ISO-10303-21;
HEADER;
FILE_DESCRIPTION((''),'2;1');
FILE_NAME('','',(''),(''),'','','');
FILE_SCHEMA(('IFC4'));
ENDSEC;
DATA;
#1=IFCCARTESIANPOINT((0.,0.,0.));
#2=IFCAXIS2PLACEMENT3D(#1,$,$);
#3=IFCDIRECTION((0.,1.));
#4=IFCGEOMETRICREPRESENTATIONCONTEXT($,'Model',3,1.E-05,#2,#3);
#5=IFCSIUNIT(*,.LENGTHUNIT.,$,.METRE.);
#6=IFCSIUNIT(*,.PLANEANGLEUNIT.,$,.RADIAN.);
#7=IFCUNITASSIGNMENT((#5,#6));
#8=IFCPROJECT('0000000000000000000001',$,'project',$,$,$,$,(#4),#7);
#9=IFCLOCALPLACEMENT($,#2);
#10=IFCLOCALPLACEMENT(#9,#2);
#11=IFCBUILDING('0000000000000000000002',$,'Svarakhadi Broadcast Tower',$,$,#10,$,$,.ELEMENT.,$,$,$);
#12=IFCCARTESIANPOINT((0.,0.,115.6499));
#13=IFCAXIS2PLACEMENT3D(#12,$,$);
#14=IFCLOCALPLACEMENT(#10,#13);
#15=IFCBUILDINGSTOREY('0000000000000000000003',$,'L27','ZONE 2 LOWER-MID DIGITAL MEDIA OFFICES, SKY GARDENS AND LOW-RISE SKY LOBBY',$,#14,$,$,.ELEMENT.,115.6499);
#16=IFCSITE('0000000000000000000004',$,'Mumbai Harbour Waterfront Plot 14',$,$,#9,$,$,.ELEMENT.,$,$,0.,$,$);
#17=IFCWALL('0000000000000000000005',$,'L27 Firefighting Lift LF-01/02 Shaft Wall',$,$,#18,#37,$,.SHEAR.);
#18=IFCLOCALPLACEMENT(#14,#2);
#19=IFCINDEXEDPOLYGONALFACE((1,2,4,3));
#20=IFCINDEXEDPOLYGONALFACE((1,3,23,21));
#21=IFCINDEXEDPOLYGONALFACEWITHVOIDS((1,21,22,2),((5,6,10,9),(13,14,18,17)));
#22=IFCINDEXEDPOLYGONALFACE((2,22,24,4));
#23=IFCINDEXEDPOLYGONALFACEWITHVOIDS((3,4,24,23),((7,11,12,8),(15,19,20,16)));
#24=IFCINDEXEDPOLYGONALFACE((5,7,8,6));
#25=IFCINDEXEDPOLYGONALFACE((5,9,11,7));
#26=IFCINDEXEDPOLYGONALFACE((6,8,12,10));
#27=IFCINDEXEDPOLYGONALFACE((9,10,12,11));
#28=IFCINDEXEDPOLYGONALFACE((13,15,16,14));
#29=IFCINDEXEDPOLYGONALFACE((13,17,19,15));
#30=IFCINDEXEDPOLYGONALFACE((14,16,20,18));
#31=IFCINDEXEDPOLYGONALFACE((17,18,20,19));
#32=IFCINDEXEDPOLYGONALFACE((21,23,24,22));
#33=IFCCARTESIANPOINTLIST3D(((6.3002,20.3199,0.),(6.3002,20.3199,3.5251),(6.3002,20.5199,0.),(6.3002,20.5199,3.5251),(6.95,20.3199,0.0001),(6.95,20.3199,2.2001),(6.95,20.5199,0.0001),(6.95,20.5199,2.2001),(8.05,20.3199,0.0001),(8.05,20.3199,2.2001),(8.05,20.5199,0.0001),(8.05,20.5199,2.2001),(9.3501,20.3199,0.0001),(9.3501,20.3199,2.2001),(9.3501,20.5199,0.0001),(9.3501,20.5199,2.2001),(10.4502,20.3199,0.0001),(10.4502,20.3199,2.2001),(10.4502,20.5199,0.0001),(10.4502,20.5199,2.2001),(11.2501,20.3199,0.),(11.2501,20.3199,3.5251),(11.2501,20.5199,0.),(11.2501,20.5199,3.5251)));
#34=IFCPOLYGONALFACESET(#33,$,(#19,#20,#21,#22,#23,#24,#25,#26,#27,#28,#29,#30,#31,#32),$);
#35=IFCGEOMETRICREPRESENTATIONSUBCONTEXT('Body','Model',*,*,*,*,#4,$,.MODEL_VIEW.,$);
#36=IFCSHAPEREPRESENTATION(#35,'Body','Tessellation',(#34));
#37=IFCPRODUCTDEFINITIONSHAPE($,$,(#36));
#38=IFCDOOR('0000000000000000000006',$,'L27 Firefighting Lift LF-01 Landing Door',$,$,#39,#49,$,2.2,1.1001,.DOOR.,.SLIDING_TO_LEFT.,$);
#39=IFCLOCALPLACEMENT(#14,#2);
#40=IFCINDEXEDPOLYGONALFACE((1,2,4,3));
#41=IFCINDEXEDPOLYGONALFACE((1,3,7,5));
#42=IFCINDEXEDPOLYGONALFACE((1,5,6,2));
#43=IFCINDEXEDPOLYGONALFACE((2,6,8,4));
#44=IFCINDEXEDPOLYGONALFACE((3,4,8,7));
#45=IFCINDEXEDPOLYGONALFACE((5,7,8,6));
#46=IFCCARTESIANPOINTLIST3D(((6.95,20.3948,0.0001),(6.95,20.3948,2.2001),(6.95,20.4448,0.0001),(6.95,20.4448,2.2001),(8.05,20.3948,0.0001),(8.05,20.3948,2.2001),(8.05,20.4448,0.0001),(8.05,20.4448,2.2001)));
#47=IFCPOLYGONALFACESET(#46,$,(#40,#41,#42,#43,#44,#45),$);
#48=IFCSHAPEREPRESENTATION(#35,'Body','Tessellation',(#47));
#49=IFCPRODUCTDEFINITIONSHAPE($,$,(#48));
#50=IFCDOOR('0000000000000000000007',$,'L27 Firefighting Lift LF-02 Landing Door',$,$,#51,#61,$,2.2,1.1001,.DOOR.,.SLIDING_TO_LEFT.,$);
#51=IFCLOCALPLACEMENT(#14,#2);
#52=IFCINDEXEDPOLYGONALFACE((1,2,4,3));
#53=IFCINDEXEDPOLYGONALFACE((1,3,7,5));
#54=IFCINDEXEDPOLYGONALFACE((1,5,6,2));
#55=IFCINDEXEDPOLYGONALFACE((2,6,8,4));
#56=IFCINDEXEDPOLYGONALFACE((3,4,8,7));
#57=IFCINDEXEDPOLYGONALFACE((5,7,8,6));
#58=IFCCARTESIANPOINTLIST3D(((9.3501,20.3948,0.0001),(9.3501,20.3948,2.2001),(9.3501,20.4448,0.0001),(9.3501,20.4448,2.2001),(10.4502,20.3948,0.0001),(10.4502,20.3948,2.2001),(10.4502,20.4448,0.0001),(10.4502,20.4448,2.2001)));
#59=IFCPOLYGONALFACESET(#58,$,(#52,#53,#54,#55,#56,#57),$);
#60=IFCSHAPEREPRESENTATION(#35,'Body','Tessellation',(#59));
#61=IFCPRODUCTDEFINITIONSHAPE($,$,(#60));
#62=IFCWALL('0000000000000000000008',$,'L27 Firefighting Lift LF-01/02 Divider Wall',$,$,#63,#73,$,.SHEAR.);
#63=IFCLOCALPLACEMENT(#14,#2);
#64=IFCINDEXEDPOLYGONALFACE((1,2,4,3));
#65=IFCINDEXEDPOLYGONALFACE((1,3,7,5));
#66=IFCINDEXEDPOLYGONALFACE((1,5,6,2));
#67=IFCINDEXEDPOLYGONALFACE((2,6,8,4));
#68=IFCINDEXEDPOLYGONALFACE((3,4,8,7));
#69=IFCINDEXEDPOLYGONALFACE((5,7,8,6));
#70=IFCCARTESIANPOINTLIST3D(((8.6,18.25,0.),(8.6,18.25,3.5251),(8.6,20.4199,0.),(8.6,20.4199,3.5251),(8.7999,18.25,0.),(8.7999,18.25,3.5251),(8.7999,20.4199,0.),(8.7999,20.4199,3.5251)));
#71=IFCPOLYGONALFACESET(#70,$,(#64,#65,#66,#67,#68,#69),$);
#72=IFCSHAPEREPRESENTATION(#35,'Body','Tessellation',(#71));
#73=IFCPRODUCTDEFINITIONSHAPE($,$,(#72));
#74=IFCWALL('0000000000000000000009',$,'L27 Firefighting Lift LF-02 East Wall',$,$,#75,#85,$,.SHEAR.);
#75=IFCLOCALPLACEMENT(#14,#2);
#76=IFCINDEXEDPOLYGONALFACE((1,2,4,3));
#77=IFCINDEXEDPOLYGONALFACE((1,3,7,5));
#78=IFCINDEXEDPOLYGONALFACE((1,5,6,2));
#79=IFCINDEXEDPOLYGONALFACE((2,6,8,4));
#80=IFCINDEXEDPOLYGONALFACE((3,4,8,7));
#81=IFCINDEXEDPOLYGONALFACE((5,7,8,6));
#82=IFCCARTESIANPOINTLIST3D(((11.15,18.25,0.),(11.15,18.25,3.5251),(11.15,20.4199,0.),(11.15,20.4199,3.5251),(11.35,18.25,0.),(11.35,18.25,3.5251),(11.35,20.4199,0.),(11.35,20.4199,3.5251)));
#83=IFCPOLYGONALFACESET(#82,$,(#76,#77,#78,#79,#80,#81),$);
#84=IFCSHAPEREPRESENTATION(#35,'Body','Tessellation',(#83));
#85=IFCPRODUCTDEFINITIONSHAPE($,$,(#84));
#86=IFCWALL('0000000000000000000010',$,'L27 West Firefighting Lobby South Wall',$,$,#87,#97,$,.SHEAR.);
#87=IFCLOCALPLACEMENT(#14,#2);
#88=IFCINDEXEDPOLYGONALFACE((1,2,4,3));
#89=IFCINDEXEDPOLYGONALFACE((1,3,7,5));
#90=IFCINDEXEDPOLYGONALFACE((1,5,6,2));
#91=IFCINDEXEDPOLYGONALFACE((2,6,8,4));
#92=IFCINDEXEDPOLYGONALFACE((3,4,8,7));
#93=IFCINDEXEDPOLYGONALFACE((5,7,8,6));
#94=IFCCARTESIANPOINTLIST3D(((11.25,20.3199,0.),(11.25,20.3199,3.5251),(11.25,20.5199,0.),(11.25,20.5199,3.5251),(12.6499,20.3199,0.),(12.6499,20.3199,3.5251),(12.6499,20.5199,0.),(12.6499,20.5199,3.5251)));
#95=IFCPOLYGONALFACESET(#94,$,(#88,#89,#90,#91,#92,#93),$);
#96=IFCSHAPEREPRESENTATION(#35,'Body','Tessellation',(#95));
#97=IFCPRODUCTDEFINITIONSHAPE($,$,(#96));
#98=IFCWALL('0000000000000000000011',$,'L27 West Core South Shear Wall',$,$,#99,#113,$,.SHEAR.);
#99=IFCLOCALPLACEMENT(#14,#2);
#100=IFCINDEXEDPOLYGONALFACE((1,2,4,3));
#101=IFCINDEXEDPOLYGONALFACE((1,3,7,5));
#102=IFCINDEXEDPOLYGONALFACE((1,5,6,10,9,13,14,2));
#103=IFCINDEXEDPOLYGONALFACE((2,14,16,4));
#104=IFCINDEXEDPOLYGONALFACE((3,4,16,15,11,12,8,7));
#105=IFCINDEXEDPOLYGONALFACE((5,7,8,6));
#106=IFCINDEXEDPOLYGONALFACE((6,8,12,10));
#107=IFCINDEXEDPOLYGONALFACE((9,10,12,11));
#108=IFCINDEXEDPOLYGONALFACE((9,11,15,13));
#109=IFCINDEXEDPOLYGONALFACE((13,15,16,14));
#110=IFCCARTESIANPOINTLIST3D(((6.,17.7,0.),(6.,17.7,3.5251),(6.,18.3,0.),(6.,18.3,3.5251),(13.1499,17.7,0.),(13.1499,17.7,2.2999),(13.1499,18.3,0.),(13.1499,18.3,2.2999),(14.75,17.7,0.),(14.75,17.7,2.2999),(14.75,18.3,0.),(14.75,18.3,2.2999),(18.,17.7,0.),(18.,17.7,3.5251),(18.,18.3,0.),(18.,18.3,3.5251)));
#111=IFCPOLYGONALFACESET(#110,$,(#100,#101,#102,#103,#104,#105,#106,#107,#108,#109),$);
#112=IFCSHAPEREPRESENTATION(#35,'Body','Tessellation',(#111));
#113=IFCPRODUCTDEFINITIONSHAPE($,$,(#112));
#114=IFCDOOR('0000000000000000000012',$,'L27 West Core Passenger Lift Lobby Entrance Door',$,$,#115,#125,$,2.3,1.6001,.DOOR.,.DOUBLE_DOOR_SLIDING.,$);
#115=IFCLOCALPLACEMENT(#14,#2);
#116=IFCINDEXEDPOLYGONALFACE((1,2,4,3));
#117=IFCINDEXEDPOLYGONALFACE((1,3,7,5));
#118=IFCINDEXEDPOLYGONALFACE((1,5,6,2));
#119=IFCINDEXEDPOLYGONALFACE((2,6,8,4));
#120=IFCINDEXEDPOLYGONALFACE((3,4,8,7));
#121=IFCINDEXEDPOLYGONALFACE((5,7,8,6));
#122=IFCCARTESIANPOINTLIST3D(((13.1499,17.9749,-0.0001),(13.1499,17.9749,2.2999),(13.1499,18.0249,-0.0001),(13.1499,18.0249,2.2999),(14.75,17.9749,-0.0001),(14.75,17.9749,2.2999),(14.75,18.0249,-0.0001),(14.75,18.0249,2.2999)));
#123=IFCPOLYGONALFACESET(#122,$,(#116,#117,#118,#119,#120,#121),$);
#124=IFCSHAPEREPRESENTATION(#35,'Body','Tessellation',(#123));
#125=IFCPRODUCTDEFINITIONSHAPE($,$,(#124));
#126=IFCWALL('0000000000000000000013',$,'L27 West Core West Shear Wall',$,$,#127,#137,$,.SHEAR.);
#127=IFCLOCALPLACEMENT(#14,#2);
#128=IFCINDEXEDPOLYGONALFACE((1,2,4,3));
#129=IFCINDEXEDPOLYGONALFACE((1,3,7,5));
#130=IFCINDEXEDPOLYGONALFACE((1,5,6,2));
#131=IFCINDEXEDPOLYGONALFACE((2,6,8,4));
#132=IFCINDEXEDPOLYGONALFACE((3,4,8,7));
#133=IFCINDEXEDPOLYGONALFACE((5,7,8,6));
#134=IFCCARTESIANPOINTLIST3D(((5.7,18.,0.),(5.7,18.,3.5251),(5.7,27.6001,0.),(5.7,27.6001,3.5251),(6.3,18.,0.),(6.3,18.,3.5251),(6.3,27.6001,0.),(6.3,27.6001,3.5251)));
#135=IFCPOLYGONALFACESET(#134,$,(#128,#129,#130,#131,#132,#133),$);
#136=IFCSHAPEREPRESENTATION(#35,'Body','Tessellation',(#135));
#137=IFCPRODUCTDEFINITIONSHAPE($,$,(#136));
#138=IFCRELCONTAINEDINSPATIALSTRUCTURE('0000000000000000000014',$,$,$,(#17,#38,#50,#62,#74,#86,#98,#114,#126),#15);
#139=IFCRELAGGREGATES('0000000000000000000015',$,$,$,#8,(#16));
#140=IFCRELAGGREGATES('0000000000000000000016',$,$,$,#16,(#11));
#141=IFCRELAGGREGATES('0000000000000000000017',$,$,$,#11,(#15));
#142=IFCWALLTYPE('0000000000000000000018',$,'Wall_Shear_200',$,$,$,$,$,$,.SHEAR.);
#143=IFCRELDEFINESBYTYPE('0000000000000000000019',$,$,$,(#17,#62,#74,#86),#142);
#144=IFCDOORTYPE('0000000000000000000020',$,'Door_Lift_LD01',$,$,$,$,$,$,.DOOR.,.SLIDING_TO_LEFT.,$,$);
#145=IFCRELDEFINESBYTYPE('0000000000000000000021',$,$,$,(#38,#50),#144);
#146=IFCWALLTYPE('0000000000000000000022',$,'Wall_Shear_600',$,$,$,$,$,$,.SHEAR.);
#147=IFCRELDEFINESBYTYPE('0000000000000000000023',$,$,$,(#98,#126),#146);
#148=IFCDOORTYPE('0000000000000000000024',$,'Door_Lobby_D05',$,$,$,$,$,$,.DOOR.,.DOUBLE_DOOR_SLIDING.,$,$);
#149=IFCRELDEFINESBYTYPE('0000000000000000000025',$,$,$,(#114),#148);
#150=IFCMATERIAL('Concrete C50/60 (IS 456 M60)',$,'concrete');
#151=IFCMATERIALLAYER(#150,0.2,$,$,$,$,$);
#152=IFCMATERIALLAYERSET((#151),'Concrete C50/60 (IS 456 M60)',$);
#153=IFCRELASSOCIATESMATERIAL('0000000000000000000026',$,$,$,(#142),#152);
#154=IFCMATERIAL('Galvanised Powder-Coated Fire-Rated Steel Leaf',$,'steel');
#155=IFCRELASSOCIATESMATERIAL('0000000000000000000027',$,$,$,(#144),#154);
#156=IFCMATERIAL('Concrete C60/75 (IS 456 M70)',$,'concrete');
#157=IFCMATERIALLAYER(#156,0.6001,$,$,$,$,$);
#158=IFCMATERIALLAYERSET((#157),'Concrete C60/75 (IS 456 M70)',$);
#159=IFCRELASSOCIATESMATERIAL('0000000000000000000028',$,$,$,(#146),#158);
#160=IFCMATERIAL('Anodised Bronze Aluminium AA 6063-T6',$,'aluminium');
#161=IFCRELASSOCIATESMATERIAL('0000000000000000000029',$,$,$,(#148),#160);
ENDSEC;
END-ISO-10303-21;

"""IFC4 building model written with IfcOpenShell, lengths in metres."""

from ifc_helpers import new_model, si_unit, direction, frame, frame_2d, origin, place, context, subcontext, project, spatial, rectangle, extrude, material, layer, layer_set, type_object, element, fill, save


model = new_model("IFC4")

# Units and contexts
model_context = context("Model", 3, precision=1e-05, world=origin(), true_north=direction((0.0, 1.0)))
body_context = subcontext(model_context, "Body", "Model", "MODEL_VIEW")
ifc_project = project(units=[si_unit("LENGTHUNIT", "METRE"), si_unit("PLANEANGLEUNIT", "RADIAN")], contexts=[model_context])

# Site, building, storey
site_placement = place(None, origin())
site = spatial("IfcSite", under=ifc_project, at=site_placement, Name="Mumbai Harbour Waterfront Plot 14", CompositionType="ELEMENT", RefElevation=0.0)
building_placement = place(site_placement, origin())
building = spatial("IfcBuilding", under=site, at=building_placement, Name="Svarakhadi Broadcast Tower", CompositionType="ELEMENT")
storey_placement = place(building_placement, frame((0.0, 0.0, 115.6499)))
storey = spatial("IfcBuildingStorey", under=building, at=storey_placement, Name="L27", Description="ZONE 2 LOWER-MID DIGITAL MEDIA OFFICES, SKY GARDENS AND LOW-RISE SKY LOBBY", CompositionType="ELEMENT", Elevation=115.6499)

# Shared definitions
ifc_material_1 = material(Name="Concrete C50/60 (IS 456 M60)", Category="concrete")

# Wall, openings, doors
ifc_layer_1 = layer(ifc_material_1, 0.2)
ifc_layer_set_1 = layer_set([ifc_layer_1], Name="Concrete C50/60 (IS 456 M60)")
wall_type_1 = type_object("IfcWallType", Name="Wall_Shear_200", PredefinedType="SHEAR", material=ifc_layer_set_1)
wall_1_placement = place(storey_placement, frame((6.3, 20.4199, 0.0), z_axis=(0.0, 0.0, 1.0), x_axis=(1.0, 0.0, 0.0)))
wall_1 = element("IfcWall", 1, at=wall_1_placement, inside=storey, type_object=wall_type_1, Name="L27 Firefighting Lift LF-01/02 Shaft Wall", PredefinedType="SHEAR", context=body_context, shape_type="SweptSolid", body=[
    extrude(rectangle(XDim=4.95, YDim=0.2, at=frame_2d((2.4751, 0.0))), origin(), (0.0, 0.0, 1.0), 3.5251),
])
opening_1_placement = place(wall_1_placement, frame((0.6499, 0.0, 0.0)))
opening_1 = element("IfcOpeningElement", 2, at=opening_1_placement, cuts=wall_1, PredefinedType="OPENING", context=body_context, shape_type="SweptSolid", body=[
    extrude(rectangle(XDim=1.1001, YDim=2.2, at=frame_2d((0.55, 1.1001))), frame((0.0, 0.1099, 0.0), z_axis=(0.0, -1.0, 0.0), x_axis=(1.0, 0.0, 0.0)), (0.0, 0.0, 1.0), 0.22),
])
opening_2_placement = place(wall_1_placement, frame((3.05, 0.0, 0.0)))
opening_2 = element("IfcOpeningElement", 3, at=opening_2_placement, cuts=wall_1, PredefinedType="OPENING", context=body_context, shape_type="SweptSolid", body=[
    extrude(rectangle(XDim=1.1001, YDim=2.2, at=frame_2d((0.55, 1.1001))), frame((0.0, 0.1099, 0.0), z_axis=(0.0, -1.0, 0.0), x_axis=(1.0, 0.0, 0.0)), (0.0, 0.0, 1.0), 0.22),
])
ifc_material_2 = material(Name="Galvanised Powder-Coated Fire-Rated Steel Leaf", Category="steel")
door_type_1 = type_object("IfcDoorType", Name="Door_Lift_LD01", OperationType="SLIDING_TO_LEFT", PredefinedType="DOOR", material=ifc_material_2)
door_1_placement = place(opening_1_placement, origin())
door_1 = element("IfcDoor", 4, at=door_1_placement, inside=storey, type_object=door_type_1, Name="L27 Firefighting Lift LF-01 Landing Door", OperationType="SLIDING_TO_LEFT", OverallHeight=2.2, OverallWidth=1.1001, PredefinedType="DOOR", context=body_context, shape_type="SweptSolid", body=[
    extrude(rectangle(XDim=1.1001, YDim=2.2, at=frame_2d((0.55, 1.1001))), frame((0.0, 0.0249, 0.0), z_axis=(0.0, -1.0, 0.0), x_axis=(1.0, 0.0, 0.0)), (0.0, 0.0, 1.0), 0.05),
])
fill(opening_1, door_1)
door_2_placement = place(opening_2_placement, origin())
door_2 = element("IfcDoor", 5, at=door_2_placement, inside=storey, type_object=door_type_1, Name="L27 Firefighting Lift LF-02 Landing Door", OperationType="SLIDING_TO_LEFT", OverallHeight=2.2, OverallWidth=1.1001, PredefinedType="DOOR", context=body_context, shape_type="SweptSolid", body=[
    extrude(rectangle(XDim=1.1001, YDim=2.2, at=frame_2d((0.55, 1.1001))), frame((0.0, 0.0249, 0.0), z_axis=(0.0, -1.0, 0.0), x_axis=(1.0, 0.0, 0.0)), (0.0, 0.0, 1.0), 0.05),
])
fill(opening_2, door_2)

# Walls
for number, where, z_axis, x_axis, name in (
    (6, (8.7, 18.25, 0.0), (0.0, 0.0, 1.0), (0.0, 1.0, 0.0), "L27 Firefighting Lift LF-01/02 Divider Wall"),
    (7, (11.25, 18.25, 0.0), (0.0, 0.0, 1.0), (0.0, 1.0, 0.0), "L27 Firefighting Lift LF-02 East Wall"),
):
    element("IfcWall", number, at=place(storey_placement, frame(where, z_axis=z_axis, x_axis=x_axis)), inside=storey, type_object=wall_type_1, Name=name, PredefinedType="SHEAR", context=body_context, shape_type="SweptSolid", body=[
        extrude(rectangle(XDim=2.1699, YDim=0.2, at=frame_2d((1.085, 0.0))), origin(), (0.0, 0.0, 1.0), 3.5251),
    ])
wall_2_placement = place(storey_placement, frame((11.25, 20.4199, 0.0), z_axis=(0.0, 0.0, 1.0), x_axis=(1.0, 0.0, 0.0)))
element("IfcWall", 8, at=wall_2_placement, inside=storey, type_object=wall_type_1, Name="L27 West Firefighting Lobby South Wall", PredefinedType="SHEAR", context=body_context, shape_type="SweptSolid", body=[
    extrude(rectangle(XDim=1.3999, YDim=0.2, at=frame_2d((0.7, 0.0))), origin(), (0.0, 0.0, 1.0), 3.5251),
])

# Wall, opening, door
ifc_material_3 = material(Name="Concrete C60/75 (IS 456 M70)", Category="concrete")
ifc_layer_2 = layer(ifc_material_3, 0.6001)
ifc_layer_set_2 = layer_set([ifc_layer_2], Name="Concrete C60/75 (IS 456 M70)")
wall_type_2 = type_object("IfcWallType", Name="Wall_Shear_600", PredefinedType="SHEAR", material=ifc_layer_set_2)
wall_3_placement = place(storey_placement, frame((6.0, 18.0, 0.0), z_axis=(0.0, 0.0, 1.0), x_axis=(1.0, 0.0, 0.0)))
wall_3 = element("IfcWall", 9, at=wall_3_placement, inside=storey, type_object=wall_type_2, Name="L27 West Core South Shear Wall", PredefinedType="SHEAR", context=body_context, shape_type="SweptSolid", body=[
    extrude(rectangle(XDim=12.0, YDim=0.6001, at=frame_2d((6.0, 0.0))), origin(), (0.0, 0.0, 1.0), 3.5251),
])
opening_3_placement = place(wall_3_placement, frame((7.1499, 0.0, 0.0)))
opening_3 = element("IfcOpeningElement", 10, at=opening_3_placement, cuts=wall_3, PredefinedType="OPENING", context=body_context, shape_type="SweptSolid", body=[
    extrude(rectangle(XDim=1.6001, YDim=2.3, at=frame_2d((0.8, 1.1499))), frame((0.0, 0.3101, 0.0), z_axis=(0.0, -1.0, 0.0), x_axis=(1.0, 0.0, 0.0)), (0.0, 0.0, 1.0), 0.6201),
])
ifc_material_4 = material(Name="Anodised Bronze Aluminium AA 6063-T6", Category="aluminium")
door_type_2 = type_object("IfcDoorType", Name="Door_Lobby_D05", OperationType="DOUBLE_DOOR_SLIDING", PredefinedType="DOOR", material=ifc_material_4)
door_3_placement = place(opening_3_placement, origin())
door_3 = element("IfcDoor", 11, at=door_3_placement, inside=storey, type_object=door_type_2, Name="L27 West Core Passenger Lift Lobby Entrance Door", OperationType="DOUBLE_DOOR_SLIDING", OverallHeight=2.3, OverallWidth=1.6001, PredefinedType="DOOR", context=body_context, shape_type="SweptSolid", body=[
    extrude(rectangle(XDim=1.6001, YDim=2.3, at=frame_2d((0.8, 1.1499))), frame((0.0, 0.0249, 0.0), z_axis=(0.0, -1.0, 0.0), x_axis=(1.0, 0.0, 0.0)), (0.0, 0.0, 1.0), 0.05),
])
fill(opening_3, door_3)

# Wall
wall_4_placement = place(storey_placement, frame((6.0, 18.0, 0.0), z_axis=(0.0, 0.0, 1.0), x_axis=(0.0, 1.0, 0.0)))
element("IfcWall", 12, at=wall_4_placement, inside=storey, type_object=wall_type_2, Name="L27 West Core West Shear Wall", PredefinedType="SHEAR", context=body_context, shape_type="SweptSolid", body=[
    extrude(rectangle(XDim=9.6001, YDim=0.6001, at=frame_2d((4.8, 0.0))), origin(), (0.0, 0.0, 1.0), 3.5251),
])

save(model, "model.ifc")
